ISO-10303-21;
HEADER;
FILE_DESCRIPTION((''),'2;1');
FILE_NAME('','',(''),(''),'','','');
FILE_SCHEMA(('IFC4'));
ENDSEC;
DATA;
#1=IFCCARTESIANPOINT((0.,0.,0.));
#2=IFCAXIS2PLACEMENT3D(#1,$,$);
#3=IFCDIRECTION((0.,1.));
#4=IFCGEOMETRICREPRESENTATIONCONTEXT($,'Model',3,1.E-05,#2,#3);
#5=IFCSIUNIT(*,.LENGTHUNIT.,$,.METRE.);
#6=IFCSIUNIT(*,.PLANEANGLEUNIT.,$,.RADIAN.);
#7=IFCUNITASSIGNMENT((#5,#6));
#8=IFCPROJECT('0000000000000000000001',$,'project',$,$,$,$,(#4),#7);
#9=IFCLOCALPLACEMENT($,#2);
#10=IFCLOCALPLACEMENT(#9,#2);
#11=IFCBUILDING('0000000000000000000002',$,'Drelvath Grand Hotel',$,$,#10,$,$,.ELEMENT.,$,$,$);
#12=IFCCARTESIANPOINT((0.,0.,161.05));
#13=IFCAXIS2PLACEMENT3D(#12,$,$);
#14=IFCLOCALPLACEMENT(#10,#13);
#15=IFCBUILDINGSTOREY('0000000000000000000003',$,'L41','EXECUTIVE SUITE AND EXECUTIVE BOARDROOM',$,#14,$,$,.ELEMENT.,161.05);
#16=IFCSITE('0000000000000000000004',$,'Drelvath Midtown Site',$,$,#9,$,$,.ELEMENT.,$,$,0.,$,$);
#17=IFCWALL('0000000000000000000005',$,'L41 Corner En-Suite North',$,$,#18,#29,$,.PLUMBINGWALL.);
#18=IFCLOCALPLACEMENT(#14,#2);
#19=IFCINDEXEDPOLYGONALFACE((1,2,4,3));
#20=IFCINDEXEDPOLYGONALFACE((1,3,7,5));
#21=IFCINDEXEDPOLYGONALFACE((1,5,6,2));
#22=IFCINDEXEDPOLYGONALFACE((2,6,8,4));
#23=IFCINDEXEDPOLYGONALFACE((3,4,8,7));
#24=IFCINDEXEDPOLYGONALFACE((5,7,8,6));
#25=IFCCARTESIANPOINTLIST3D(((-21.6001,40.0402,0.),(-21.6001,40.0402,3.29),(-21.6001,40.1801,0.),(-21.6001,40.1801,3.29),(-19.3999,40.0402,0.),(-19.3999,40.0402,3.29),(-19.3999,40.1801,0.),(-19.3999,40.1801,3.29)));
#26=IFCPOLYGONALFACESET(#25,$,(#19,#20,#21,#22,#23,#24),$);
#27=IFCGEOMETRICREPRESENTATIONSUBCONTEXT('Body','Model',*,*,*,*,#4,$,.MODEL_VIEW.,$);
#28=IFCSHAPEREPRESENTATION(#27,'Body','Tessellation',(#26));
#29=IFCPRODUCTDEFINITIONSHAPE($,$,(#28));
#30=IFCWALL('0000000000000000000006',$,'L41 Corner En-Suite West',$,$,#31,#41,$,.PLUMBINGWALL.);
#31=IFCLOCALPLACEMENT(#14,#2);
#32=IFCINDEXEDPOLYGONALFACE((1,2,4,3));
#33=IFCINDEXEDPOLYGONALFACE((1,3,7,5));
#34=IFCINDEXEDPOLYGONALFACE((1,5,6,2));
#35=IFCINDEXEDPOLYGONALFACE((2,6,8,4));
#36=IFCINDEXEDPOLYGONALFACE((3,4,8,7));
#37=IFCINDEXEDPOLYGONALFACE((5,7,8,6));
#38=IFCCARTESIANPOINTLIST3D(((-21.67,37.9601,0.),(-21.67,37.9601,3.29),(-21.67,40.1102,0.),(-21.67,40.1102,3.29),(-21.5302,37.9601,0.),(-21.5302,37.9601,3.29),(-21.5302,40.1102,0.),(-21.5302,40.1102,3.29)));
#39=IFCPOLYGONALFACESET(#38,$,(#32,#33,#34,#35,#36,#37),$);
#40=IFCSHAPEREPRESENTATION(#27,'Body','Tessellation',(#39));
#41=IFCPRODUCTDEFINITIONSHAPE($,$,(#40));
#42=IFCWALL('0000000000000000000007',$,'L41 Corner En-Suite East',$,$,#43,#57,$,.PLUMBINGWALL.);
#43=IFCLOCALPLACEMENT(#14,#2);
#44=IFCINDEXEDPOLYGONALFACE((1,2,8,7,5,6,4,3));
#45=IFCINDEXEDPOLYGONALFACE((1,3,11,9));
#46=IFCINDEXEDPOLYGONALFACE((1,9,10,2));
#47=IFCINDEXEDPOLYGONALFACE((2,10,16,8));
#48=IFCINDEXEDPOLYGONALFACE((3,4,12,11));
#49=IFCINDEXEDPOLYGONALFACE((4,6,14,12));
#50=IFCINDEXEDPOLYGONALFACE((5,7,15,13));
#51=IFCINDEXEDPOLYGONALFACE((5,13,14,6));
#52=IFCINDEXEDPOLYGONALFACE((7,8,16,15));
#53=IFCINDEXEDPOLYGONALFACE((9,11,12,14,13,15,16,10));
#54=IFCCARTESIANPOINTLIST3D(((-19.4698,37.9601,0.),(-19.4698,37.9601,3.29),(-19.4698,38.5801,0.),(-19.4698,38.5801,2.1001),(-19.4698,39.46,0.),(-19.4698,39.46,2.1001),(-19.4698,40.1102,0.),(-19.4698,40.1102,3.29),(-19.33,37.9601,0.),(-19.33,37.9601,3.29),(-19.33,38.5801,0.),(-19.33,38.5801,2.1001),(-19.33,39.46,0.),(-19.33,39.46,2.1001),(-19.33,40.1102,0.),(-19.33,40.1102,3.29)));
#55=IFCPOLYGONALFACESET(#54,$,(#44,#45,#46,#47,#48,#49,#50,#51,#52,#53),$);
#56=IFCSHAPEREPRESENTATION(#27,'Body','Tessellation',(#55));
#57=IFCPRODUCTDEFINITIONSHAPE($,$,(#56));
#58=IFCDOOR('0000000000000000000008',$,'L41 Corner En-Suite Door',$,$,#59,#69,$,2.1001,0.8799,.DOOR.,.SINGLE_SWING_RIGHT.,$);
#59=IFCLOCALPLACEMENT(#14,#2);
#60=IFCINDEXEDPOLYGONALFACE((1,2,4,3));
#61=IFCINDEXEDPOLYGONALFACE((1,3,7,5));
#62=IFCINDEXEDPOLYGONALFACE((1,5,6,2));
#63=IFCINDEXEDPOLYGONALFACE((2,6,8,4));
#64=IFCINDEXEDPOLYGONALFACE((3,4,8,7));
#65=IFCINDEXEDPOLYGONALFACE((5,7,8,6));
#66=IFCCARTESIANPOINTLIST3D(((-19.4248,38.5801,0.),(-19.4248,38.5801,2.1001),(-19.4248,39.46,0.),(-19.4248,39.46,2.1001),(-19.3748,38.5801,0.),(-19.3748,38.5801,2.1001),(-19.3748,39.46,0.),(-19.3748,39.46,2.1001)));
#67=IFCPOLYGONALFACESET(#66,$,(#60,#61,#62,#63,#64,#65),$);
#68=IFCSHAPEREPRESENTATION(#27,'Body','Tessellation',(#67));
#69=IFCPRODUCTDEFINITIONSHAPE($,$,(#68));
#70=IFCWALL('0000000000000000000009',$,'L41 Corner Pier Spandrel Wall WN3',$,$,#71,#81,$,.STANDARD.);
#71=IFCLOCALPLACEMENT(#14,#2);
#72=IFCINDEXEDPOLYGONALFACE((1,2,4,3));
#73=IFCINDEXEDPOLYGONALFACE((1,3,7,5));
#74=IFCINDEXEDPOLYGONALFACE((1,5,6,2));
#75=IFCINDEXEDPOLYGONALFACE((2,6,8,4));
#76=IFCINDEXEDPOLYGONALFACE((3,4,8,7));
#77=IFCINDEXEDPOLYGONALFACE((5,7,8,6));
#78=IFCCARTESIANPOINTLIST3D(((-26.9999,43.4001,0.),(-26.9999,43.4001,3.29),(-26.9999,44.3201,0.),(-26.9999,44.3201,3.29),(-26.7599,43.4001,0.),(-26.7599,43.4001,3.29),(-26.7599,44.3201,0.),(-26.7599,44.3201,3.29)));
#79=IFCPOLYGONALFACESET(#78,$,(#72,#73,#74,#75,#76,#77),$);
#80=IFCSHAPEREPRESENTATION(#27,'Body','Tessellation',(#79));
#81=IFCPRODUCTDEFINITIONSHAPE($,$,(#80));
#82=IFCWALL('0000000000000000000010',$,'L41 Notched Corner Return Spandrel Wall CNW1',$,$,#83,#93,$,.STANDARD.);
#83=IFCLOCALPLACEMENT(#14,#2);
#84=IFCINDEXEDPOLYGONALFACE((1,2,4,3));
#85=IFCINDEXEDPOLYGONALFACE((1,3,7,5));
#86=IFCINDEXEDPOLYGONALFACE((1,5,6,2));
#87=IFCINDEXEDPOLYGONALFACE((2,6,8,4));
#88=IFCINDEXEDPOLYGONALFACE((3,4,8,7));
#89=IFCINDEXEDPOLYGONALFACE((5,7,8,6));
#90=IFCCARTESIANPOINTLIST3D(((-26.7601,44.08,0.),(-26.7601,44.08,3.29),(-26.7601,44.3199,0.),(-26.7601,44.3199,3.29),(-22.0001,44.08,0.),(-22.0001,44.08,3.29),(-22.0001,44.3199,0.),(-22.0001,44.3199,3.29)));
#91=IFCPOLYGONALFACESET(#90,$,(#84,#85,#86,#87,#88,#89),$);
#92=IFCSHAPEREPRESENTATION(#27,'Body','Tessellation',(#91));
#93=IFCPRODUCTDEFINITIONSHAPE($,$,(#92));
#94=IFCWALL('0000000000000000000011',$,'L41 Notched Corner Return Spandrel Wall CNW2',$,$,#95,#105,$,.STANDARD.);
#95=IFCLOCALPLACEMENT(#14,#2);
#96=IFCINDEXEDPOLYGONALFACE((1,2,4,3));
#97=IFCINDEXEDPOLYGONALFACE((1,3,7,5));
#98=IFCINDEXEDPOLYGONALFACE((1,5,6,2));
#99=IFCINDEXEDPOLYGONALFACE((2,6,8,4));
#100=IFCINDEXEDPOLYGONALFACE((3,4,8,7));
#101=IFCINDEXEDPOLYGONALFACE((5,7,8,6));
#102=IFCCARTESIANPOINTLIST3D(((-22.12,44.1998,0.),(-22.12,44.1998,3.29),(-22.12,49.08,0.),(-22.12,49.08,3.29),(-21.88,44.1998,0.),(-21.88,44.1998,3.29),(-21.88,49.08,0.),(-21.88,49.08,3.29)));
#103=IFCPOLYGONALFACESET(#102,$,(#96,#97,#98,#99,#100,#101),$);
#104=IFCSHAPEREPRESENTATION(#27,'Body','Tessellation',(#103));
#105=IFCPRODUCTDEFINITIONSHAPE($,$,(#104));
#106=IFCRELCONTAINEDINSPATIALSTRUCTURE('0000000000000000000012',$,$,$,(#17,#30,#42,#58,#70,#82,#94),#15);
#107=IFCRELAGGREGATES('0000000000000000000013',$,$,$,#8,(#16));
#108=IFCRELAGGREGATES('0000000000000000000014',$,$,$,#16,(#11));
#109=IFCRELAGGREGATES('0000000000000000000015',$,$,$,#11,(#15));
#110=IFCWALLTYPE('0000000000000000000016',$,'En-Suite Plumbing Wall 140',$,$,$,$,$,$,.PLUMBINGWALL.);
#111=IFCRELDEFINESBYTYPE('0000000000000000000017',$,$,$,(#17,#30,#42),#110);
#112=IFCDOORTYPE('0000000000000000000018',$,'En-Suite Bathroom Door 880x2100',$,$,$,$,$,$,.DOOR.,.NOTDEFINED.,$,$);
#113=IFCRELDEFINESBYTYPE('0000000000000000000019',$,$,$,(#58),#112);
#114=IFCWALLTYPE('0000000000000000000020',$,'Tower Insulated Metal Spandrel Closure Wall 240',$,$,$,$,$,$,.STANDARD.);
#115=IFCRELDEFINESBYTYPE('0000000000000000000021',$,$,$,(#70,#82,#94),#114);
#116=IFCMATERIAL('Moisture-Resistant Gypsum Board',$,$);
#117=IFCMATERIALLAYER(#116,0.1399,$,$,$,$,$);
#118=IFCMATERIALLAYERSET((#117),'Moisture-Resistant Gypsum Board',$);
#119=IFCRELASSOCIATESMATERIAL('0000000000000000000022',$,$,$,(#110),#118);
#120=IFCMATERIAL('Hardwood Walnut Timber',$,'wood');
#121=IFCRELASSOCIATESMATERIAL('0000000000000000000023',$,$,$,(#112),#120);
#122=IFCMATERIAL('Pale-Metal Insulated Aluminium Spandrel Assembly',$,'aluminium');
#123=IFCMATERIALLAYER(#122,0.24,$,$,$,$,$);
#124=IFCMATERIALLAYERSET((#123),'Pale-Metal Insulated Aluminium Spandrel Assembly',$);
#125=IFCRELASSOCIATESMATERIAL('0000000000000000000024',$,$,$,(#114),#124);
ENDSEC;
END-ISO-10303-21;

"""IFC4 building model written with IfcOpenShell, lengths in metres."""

from ifc_helpers import new_model, si_unit, direction, frame, frame_2d, origin, place, context, subcontext, project, spatial, rectangle, extrude, material, layer, layer_set, type_object, element, fill, save


model = new_model("IFC4")

# Units and contexts
model_context = context("Model", 3, precision=1e-05, world=origin(), true_north=direction((0.0, 1.0)))
body_context = subcontext(model_context, "Body", "Model", "MODEL_VIEW")
ifc_project = project(units=[si_unit("LENGTHUNIT", "METRE"), si_unit("PLANEANGLEUNIT", "RADIAN")], contexts=[model_context])

# Site, building, storey
site_placement = place(None, origin())
site = spatial("IfcSite", under=ifc_project, at=site_placement, Name="Drelvath Midtown Site", CompositionType="ELEMENT", RefElevation=0.0)
building_placement = place(site_placement, origin())
building = spatial("IfcBuilding", under=site, at=building_placement, Name="Drelvath Grand Hotel", CompositionType="ELEMENT")
storey_placement = place(building_placement, frame((0.0, 0.0, 161.05)))
storey = spatial("IfcBuildingStorey", under=building, at=storey_placement, Name="L41", Description="EXECUTIVE SUITE AND EXECUTIVE BOARDROOM", CompositionType="ELEMENT", Elevation=161.05)

# Shared definitions
ifc_material_1 = material(Name="Hardwood Walnut Timber", Category="wood")

# Walls
ifc_material_2 = material(Name="Moisture-Resistant Gypsum Board")
ifc_layer_1 = layer(ifc_material_2, 0.1399)
ifc_layer_set_1 = layer_set([ifc_layer_1], Name="Moisture-Resistant Gypsum Board")
wall_type_1 = type_object("IfcWallType", Name="En-Suite Plumbing Wall 140", PredefinedType="PLUMBINGWALL", material=ifc_layer_set_1)
for number, where, z_axis, x_axis, name in (
    (1, (-21.6001, 40.1101, 0.0), (0.0, 0.0, 1.0), (1.0, 0.0, 0.0), "L41 Corner En-Suite North"),
):
    element("IfcWall", number, at=place(storey_placement, frame(where, z_axis=z_axis, x_axis=x_axis)), inside=storey, type_object=wall_type_1, Name=name, PredefinedType="PLUMBINGWALL", context=body_context, shape_type="SweptSolid", body=[
        extrude(rectangle(XDim=2.2002, YDim=0.1399, at=frame_2d((1.1001, 0.0))), origin(), (0.0, 0.0, 1.0), 3.29),
    ])
wall_1_placement = place(storey_placement, frame((-21.6001, 37.96, 0.0), z_axis=(0.0, 0.0, 1.0), x_axis=(0.0, 1.0, 0.0)))
element("IfcWall", 2, at=wall_1_placement, inside=storey, type_object=wall_type_1, Name="L41 Corner En-Suite West", PredefinedType="PLUMBINGWALL", context=body_context, shape_type="SweptSolid", body=[
    extrude(rectangle(XDim=2.1501, YDim=0.1399, at=frame_2d((1.0752, 0.0))), origin(), (0.0, 0.0, 1.0), 3.29),
])

# Wall, opening, door
wall_2_placement = place(storey_placement, frame((-19.3999, 37.96, 0.0), z_axis=(0.0, 0.0, 1.0), x_axis=(0.0, 1.0, 0.0)))
wall_2 = element("IfcWall", 3, at=wall_2_placement, inside=storey, type_object=wall_type_1, Name="L41 Corner En-Suite East", PredefinedType="PLUMBINGWALL", context=body_context, shape_type="SweptSolid", body=[
    extrude(rectangle(XDim=2.1501, YDim=0.1399, at=frame_2d((1.0752, 0.0))), origin(), (0.0, 0.0, 1.0), 3.29),
])
opening_1_placement = place(wall_2_placement, frame((0.6201, 0.0, 0.0)))
opening_1 = element("IfcOpeningElement", 4, at=opening_1_placement, cuts=wall_2, PredefinedType="OPENING", context=body_context, shape_type="SweptSolid", body=[
    extrude(rectangle(XDim=0.8799, YDim=2.1001, at=frame_2d((0.4399, 1.05))), frame((0.0, 0.0798, 0.0), z_axis=(0.0, -1.0, 0.0), x_axis=(1.0, 0.0, 0.0)), (0.0, 0.0, 1.0), 0.1599),
])
door_type_1 = type_object("IfcDoorType", Name="En-Suite Bathroom Door 880x2100", OperationType="NOTDEFINED", PredefinedType="DOOR", material=ifc_material_1)
door_1_placement = place(opening_1_placement, origin())
door_1 = element("IfcDoor", 5, at=door_1_placement, inside=storey, type_object=door_type_1, Name="L41 Corner En-Suite Door", OperationType="SINGLE_SWING_RIGHT", OverallHeight=2.1001, OverallWidth=0.8799, PredefinedType="DOOR", context=body_context, shape_type="SweptSolid", body=[
    extrude(rectangle(XDim=0.8799, YDim=2.1001, at=frame_2d((0.4399, 1.05))), frame((0.0, 0.0249, 0.0), z_axis=(0.0, -1.0, 0.0), x_axis=(1.0, 0.0, 0.0)), (0.0, 0.0, 1.0), 0.05),
])
fill(opening_1, door_1)

# Walls
ifc_material_3 = material(Name="Pale-Metal Insulated Aluminium Spandrel Assembly", Category="aluminium")
ifc_layer_2 = layer(ifc_material_3, 0.24)
ifc_layer_set_2 = layer_set([ifc_layer_2], Name="Pale-Metal Insulated Aluminium Spandrel Assembly")
wall_type_2 = type_object("IfcWallType", Name="Tower Insulated Metal Spandrel Closure Wall 240", PredefinedType="STANDARD", material=ifc_layer_set_2)
wall_3_placement = place(storey_placement, frame((-26.8799, 43.4001, 0.0), z_axis=(0.0, 0.0, 1.0), x_axis=(0.0, 1.0, 0.0)))
element("IfcWall", 6, at=wall_3_placement, inside=storey, type_object=wall_type_2, Name="L41 Corner Pier Spandrel Wall WN3", PredefinedType="STANDARD", context=body_context, shape_type="SweptSolid", body=[
    extrude(rectangle(XDim=0.9199, YDim=0.24, at=frame_2d((0.46, 0.0))), origin(), (0.0, 0.0, 1.0), 3.29),
])
wall_4_placement = place(storey_placement, frame((-26.76, 44.2, 0.0), z_axis=(0.0, 0.0, 1.0), x_axis=(1.0, 0.0, 0.0)))
element("IfcWall", 7, at=wall_4_placement, inside=storey, type_object=wall_type_2, Name="L41 Notched Corner Return Spandrel Wall CNW1", PredefinedType="STANDARD", context=body_context, shape_type="SweptSolid", body=[
    extrude(rectangle(XDim=4.76, YDim=0.24, at=frame_2d((2.3799, 0.0))), origin(), (0.0, 0.0, 1.0), 3.29),
])
wall_5_placement = place(storey_placement, frame((-22.0, 44.2, 0.0), z_axis=(0.0, 0.0, 1.0), x_axis=(0.0, 1.0, 0.0)))
element("IfcWall", 8, at=wall_5_placement, inside=storey, type_object=wall_type_2, Name="L41 Notched Corner Return Spandrel Wall CNW2", PredefinedType="STANDARD", context=body_context, shape_type="SweptSolid", body=[
    extrude(rectangle(XDim=4.8801, YDim=0.24, at=frame_2d((2.4399, 0.0))), origin(), (0.0, 0.0, 1.0), 3.29),
])

save(model, "model.ifc")
